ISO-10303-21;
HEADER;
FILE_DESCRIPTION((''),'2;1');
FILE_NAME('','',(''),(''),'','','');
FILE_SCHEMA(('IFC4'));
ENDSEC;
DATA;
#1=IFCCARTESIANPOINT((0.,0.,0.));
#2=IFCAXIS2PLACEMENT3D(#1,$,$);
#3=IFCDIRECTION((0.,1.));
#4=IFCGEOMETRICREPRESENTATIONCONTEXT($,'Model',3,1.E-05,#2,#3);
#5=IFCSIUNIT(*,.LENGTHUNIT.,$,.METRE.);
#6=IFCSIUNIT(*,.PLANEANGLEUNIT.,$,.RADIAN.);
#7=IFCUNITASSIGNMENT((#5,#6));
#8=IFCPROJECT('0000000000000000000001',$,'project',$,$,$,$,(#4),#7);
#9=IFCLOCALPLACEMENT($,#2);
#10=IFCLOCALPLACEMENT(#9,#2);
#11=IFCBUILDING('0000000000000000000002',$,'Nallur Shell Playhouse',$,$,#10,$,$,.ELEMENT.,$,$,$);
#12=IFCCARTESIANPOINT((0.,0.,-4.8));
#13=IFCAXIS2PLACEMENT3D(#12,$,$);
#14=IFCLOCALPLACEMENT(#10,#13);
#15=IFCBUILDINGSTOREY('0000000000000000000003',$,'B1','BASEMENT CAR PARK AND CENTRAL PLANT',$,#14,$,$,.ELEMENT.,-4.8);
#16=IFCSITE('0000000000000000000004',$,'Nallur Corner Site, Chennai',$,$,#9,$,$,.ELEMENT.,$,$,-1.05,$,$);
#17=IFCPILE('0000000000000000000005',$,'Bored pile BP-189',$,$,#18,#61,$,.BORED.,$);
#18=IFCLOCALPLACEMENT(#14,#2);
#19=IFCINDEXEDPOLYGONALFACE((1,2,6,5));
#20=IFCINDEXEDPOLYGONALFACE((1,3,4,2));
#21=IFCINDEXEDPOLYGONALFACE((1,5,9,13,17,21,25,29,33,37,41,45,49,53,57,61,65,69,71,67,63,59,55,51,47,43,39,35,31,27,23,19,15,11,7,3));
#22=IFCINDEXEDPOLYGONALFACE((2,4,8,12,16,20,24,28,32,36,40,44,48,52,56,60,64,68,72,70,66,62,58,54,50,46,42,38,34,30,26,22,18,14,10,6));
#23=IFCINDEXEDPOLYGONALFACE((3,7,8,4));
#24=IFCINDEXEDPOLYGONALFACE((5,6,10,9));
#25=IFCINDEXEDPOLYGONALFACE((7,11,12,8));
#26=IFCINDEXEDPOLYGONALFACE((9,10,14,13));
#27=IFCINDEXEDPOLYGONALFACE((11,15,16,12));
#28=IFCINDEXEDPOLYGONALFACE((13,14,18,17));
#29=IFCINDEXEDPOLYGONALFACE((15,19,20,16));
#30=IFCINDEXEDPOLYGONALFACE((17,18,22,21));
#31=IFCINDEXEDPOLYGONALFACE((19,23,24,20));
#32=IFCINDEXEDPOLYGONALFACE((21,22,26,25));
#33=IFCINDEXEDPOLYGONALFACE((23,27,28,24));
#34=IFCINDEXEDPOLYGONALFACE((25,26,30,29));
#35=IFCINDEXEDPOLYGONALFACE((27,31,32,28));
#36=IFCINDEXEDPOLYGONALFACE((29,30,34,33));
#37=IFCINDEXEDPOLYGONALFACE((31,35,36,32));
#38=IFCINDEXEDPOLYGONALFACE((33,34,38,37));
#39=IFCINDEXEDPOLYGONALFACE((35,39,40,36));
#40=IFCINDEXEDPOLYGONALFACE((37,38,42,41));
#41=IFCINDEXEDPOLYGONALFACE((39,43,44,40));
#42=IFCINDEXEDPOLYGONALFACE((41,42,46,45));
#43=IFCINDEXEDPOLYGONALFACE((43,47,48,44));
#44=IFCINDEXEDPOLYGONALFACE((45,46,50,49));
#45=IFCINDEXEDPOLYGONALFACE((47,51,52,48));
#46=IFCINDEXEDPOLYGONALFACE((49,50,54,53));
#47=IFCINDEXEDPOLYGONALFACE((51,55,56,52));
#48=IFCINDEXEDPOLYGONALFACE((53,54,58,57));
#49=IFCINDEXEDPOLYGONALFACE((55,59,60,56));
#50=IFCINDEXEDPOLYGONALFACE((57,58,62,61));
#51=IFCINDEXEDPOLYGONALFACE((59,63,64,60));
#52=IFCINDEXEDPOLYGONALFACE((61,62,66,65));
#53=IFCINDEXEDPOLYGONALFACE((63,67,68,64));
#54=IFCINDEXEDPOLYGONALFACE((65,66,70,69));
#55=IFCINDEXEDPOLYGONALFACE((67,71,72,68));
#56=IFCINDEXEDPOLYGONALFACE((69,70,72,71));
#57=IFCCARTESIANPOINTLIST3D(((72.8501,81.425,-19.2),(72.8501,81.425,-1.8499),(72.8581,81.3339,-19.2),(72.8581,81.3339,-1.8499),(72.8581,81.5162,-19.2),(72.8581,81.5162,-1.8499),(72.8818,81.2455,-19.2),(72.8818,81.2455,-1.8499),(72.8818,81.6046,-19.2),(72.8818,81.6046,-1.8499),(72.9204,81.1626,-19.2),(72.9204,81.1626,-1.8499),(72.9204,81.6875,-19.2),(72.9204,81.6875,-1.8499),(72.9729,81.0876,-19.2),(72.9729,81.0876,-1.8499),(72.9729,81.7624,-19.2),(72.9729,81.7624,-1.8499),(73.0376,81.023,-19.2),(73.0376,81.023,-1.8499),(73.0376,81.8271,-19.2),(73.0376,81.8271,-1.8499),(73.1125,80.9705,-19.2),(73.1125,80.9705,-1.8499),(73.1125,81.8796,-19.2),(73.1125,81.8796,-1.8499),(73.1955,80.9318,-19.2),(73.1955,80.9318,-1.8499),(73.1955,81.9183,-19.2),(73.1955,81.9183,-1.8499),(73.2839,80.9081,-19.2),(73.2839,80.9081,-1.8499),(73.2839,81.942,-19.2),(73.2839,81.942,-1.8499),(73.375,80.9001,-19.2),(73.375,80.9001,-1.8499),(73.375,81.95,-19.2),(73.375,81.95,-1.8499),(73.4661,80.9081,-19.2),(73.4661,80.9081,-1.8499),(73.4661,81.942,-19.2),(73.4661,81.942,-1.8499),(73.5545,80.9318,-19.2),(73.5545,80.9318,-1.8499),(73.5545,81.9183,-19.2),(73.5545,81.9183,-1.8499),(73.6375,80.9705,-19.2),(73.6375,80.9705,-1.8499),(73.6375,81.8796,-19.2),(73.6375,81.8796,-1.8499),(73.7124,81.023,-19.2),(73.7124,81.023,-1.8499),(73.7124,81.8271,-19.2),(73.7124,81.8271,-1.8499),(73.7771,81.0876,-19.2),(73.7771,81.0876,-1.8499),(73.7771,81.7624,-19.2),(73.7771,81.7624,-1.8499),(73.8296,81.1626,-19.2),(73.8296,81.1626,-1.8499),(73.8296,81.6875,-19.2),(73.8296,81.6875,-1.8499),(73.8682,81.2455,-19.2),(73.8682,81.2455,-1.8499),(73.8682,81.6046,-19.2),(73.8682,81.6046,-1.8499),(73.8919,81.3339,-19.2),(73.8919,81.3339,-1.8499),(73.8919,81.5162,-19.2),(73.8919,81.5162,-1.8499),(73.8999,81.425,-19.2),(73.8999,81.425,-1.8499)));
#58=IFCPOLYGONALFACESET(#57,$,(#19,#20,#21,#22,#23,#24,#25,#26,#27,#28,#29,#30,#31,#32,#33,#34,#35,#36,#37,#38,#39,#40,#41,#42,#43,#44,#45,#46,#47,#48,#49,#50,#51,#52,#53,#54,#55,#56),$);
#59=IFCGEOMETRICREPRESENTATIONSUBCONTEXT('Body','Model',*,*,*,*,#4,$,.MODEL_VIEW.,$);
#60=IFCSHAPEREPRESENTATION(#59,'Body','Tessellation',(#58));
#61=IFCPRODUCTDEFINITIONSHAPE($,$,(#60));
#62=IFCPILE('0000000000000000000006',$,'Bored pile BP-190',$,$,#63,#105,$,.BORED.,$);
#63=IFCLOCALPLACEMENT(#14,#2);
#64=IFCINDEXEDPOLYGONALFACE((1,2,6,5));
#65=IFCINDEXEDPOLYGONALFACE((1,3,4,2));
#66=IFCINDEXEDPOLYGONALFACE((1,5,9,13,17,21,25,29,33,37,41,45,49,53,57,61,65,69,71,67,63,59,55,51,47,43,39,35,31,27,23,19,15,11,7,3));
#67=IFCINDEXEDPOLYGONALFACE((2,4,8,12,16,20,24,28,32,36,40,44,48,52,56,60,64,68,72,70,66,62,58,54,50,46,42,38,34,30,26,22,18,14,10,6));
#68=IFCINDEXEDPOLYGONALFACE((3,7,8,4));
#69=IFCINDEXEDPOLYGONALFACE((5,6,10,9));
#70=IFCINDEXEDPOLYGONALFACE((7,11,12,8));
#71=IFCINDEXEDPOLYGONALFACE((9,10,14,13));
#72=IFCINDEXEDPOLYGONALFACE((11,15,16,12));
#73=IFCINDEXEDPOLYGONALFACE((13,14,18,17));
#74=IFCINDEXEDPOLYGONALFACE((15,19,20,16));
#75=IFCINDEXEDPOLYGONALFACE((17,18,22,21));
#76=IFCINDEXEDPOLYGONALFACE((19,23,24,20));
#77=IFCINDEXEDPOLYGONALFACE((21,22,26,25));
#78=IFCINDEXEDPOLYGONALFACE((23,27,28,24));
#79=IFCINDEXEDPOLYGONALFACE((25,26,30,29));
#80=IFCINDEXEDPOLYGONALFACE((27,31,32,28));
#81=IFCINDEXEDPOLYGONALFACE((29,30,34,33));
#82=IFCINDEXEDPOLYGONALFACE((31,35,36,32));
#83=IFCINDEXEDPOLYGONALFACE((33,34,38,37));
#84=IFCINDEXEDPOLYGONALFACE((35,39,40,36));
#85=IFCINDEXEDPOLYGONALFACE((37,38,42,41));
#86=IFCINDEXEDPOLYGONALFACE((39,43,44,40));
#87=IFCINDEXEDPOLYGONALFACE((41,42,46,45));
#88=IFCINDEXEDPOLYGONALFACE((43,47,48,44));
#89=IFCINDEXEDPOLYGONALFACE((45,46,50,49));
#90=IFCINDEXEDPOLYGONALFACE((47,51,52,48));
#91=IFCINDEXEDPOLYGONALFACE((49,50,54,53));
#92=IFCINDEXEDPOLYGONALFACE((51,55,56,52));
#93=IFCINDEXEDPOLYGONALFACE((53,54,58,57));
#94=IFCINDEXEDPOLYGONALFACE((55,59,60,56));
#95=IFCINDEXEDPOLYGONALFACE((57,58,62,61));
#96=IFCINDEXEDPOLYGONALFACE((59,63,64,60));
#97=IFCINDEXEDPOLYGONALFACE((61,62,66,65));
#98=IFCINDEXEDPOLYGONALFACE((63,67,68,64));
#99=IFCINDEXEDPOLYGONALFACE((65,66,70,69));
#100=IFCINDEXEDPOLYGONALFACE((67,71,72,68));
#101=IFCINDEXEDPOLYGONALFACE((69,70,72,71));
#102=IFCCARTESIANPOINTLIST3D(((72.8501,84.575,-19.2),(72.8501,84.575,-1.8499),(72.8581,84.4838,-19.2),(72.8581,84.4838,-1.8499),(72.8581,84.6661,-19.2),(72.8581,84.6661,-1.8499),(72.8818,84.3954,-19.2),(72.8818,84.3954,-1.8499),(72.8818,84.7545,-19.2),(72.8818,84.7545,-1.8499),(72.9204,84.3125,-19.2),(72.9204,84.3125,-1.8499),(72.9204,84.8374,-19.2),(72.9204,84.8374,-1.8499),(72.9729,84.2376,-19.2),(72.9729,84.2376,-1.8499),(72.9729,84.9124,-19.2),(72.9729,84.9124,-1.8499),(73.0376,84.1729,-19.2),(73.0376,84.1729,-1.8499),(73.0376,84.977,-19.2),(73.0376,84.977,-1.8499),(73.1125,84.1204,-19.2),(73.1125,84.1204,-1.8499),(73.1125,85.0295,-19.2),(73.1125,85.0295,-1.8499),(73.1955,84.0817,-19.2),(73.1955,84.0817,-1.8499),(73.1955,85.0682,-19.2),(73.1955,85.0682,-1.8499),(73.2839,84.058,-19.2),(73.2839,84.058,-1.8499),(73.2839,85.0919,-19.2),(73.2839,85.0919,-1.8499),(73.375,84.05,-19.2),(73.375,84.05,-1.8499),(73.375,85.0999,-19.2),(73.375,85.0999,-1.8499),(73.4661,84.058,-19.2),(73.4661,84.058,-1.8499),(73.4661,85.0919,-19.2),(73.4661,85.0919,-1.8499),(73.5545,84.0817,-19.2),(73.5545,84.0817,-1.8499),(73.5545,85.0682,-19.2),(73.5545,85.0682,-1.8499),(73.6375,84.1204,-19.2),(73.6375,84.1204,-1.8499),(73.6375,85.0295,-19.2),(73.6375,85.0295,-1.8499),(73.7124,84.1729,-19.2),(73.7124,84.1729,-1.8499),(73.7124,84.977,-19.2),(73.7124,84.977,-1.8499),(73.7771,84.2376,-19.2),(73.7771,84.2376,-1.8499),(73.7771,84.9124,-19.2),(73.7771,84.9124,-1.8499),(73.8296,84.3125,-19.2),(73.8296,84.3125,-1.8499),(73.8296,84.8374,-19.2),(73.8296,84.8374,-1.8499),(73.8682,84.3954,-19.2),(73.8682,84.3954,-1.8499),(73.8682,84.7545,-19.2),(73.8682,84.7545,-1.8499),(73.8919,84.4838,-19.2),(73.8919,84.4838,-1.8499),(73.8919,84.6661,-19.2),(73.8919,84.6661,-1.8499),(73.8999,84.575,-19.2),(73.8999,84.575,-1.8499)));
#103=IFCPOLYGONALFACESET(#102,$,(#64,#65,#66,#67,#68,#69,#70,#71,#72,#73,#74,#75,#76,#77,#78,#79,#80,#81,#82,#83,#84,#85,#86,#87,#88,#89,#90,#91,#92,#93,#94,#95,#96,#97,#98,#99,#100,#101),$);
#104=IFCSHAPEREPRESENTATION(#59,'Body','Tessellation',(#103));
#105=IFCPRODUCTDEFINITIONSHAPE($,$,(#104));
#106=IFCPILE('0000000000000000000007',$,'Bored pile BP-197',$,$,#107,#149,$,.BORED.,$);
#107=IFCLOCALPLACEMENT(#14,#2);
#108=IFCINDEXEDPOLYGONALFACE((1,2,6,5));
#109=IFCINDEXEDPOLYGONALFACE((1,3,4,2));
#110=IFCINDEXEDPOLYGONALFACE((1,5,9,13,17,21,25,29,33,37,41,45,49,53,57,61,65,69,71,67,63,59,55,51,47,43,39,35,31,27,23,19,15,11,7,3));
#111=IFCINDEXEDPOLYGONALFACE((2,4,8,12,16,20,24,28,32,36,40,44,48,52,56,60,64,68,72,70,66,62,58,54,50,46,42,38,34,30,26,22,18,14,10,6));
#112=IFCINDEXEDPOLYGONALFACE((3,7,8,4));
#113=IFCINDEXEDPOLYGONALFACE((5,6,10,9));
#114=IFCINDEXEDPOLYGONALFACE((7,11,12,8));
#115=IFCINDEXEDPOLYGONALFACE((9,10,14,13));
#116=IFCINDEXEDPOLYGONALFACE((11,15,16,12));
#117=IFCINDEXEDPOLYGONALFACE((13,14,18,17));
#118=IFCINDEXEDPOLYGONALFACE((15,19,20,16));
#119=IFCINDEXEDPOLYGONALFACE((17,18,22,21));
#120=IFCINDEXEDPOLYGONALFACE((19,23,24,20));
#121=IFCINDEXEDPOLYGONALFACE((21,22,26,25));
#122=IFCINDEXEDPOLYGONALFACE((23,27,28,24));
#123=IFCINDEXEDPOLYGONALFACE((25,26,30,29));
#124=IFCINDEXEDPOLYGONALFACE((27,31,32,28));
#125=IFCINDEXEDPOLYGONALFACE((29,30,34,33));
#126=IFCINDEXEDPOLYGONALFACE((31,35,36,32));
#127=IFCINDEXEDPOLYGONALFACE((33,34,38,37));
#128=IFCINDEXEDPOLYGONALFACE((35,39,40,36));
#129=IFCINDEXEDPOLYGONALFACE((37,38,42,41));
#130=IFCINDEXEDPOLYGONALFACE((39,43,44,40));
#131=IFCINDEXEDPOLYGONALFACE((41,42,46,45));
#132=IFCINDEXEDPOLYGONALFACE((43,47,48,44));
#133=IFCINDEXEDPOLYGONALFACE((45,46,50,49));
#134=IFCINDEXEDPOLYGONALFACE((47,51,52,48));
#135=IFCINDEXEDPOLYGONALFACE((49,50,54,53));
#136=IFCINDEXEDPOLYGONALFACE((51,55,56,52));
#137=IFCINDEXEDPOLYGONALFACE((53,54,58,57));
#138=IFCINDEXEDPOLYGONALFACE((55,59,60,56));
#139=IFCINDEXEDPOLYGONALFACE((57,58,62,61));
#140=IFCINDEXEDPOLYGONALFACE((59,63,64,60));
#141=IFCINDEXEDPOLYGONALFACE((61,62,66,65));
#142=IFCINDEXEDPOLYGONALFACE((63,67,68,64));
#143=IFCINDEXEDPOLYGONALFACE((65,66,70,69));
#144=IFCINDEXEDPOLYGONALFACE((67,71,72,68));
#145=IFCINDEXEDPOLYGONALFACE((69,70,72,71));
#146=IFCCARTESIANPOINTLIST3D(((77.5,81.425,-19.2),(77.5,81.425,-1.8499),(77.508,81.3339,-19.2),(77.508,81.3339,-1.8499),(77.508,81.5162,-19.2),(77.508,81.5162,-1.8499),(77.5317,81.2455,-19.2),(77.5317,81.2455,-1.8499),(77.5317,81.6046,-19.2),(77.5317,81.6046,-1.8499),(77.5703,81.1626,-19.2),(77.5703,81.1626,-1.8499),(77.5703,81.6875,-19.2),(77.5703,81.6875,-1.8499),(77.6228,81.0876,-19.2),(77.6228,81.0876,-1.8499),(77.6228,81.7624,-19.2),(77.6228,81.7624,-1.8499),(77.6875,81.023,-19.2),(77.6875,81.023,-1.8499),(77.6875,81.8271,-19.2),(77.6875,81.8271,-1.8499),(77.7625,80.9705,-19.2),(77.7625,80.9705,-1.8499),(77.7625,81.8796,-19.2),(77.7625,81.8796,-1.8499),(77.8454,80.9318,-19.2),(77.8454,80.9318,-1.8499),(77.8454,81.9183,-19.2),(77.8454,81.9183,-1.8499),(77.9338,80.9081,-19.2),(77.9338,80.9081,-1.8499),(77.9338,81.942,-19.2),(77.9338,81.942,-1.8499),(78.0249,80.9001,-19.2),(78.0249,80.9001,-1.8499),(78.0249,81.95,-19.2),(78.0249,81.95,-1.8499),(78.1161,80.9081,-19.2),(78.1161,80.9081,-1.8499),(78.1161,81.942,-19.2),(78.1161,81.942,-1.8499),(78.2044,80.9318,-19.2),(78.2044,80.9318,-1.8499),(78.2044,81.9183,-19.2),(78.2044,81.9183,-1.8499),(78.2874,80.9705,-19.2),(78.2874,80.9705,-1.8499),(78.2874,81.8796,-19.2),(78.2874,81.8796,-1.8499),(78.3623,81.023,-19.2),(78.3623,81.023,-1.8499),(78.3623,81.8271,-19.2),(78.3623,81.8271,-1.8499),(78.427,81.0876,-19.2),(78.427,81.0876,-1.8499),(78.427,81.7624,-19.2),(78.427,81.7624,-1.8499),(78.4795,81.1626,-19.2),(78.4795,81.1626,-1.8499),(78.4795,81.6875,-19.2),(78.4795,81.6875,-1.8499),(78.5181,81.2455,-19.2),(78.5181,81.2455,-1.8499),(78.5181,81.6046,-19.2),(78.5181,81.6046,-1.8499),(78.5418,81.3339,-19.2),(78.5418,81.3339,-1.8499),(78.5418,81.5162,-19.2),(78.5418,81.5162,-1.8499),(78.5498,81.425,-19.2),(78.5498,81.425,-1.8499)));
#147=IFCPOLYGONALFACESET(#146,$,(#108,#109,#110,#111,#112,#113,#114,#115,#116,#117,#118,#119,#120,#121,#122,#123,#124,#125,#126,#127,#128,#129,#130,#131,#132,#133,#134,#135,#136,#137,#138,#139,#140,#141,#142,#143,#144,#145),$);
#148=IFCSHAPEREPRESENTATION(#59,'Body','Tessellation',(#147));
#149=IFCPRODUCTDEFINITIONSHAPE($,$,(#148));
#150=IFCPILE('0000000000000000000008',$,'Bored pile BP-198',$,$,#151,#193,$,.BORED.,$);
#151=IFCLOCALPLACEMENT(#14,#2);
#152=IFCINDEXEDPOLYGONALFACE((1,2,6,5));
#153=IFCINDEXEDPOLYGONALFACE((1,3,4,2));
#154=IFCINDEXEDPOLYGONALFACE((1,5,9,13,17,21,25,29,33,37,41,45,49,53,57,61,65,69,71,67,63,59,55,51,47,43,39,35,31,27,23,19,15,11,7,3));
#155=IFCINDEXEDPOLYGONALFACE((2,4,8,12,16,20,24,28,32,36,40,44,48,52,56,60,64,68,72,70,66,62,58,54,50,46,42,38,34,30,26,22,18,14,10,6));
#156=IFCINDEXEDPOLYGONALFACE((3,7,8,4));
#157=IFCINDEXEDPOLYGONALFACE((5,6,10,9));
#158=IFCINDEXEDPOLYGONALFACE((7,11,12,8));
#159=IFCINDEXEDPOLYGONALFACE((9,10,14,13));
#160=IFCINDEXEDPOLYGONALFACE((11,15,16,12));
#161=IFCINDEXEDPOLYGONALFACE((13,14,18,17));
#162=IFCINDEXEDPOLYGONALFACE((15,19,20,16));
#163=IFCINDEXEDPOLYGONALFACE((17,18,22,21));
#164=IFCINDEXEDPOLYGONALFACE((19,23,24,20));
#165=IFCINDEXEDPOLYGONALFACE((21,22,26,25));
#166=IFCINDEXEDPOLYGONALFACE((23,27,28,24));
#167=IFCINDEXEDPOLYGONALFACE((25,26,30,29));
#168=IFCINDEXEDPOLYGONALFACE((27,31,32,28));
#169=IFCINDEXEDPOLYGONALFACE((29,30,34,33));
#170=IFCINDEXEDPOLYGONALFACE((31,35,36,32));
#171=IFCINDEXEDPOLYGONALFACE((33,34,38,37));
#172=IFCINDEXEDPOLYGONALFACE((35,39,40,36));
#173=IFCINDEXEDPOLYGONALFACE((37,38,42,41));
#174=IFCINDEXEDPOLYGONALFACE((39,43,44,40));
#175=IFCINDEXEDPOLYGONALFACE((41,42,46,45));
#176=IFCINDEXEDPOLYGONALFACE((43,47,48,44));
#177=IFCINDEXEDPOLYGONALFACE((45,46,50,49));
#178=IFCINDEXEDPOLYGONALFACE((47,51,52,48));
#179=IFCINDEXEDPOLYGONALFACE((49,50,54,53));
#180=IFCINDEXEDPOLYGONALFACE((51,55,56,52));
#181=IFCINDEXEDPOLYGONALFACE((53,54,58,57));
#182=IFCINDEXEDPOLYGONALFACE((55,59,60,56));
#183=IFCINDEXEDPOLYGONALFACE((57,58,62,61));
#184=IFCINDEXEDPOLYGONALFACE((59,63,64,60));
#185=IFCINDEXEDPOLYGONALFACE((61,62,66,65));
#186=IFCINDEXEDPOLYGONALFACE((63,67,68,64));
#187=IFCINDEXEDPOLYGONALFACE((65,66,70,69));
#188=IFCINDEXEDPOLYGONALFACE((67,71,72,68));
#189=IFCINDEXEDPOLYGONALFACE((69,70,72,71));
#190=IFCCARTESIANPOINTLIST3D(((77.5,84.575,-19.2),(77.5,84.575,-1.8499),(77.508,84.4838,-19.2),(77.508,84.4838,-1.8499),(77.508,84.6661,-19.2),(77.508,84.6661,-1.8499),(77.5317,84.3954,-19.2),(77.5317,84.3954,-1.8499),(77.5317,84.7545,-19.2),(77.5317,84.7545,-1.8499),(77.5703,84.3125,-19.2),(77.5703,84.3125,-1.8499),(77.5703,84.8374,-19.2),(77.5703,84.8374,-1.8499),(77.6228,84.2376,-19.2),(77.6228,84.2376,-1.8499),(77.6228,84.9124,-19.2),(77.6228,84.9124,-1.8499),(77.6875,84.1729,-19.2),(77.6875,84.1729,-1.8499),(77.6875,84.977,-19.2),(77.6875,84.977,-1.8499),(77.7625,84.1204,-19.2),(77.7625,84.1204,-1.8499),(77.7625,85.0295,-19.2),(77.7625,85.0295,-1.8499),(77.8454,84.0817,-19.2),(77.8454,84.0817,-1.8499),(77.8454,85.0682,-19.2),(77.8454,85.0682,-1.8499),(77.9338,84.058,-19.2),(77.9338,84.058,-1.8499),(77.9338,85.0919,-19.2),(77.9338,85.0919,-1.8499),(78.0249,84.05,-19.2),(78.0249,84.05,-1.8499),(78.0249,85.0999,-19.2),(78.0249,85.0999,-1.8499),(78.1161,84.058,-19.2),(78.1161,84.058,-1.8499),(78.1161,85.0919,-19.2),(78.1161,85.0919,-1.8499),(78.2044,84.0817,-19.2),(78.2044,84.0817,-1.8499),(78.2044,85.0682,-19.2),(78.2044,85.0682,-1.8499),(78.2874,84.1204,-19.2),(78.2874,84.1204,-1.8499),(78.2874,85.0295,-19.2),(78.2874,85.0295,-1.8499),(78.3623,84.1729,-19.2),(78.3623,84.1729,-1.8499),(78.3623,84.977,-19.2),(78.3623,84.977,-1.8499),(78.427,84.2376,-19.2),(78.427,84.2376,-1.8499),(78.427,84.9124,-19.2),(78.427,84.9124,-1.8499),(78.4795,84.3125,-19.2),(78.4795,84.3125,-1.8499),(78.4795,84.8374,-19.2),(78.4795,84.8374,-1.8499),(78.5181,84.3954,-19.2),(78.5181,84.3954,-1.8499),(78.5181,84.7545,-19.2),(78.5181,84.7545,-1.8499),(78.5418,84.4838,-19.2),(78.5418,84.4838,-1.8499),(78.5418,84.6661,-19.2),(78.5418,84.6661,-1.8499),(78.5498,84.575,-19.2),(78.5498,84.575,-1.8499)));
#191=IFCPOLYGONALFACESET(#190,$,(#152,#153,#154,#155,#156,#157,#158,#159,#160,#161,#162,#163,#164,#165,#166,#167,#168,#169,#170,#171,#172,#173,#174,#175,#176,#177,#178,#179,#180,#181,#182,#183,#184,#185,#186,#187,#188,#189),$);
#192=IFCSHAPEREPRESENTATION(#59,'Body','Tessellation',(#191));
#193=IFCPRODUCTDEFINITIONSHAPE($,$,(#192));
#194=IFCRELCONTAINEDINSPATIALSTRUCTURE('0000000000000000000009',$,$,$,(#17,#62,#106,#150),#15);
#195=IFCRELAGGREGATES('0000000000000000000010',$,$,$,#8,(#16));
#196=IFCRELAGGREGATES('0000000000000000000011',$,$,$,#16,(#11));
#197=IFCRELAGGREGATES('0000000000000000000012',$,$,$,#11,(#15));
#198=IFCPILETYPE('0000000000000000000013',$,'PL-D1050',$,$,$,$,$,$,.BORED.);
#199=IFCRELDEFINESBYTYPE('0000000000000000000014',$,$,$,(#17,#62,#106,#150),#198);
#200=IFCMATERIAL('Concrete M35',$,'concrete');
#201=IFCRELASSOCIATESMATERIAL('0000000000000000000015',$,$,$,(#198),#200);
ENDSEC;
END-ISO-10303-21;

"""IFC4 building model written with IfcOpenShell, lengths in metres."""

from ifc_helpers import new_model, si_unit, direction, frame, origin, origin_2d, place, context, subcontext, project, spatial, circle, extrude, material, material_profile, profile_set, type_object, element, save


model = new_model("IFC4")

# Units and contexts
model_context = context("Model", 3, precision=1e-05, world=origin(), true_north=direction((0.0, 1.0)))
body_context = subcontext(model_context, "Body", "Model", "MODEL_VIEW")
ifc_project = project(units=[si_unit("LENGTHUNIT", "METRE"), si_unit("PLANEANGLEUNIT", "RADIAN")], contexts=[model_context])

# Site, building, storey
site_placement = place(None, origin())
site = spatial("IfcSite", under=ifc_project, at=site_placement, Name="Nallur Corner Site, Chennai", CompositionType="ELEMENT", RefElevation=-1.05)
building_placement = place(site_placement, origin())
building = spatial("IfcBuilding", under=site, at=building_placement, Name="Nallur Shell Playhouse", CompositionType="ELEMENT")
storey_placement = place(building_placement, frame((0.0, 0.0, -4.8)))
storey = spatial("IfcBuildingStorey", under=building, at=storey_placement, Name="B1", Description="BASEMENT CAR PARK AND CENTRAL PLANT", CompositionType="ELEMENT", Elevation=-4.8)

# Shared definitions
ifc_material_1 = material(Name="Concrete M35", Category="concrete")

# Piles
ifc_material_profile_1 = material_profile(ifc_material_1, circle(Radius=0.5249, at=origin_2d()), Name="BORED PILE D1050")
ifc_profile_set_1 = profile_set([ifc_material_profile_1], Name="Concrete M35")
pile_type = type_object("IfcPileType", Name="PL-D1050", PredefinedType="BORED", material=ifc_profile_set_1)
for number, where, z_axis, x_axis, name in (
    (1, (73.375, 81.425, -1.8499), (0.0, 0.0, -1.0), (1.0, 0.0, 0.0), "Bored pile BP-189"),
    (2, (73.375, 84.575, -1.8499), (0.0, 0.0, -1.0), (1.0, 0.0, 0.0), "Bored pile BP-190"),
    (3, (78.0249, 81.425, -1.8499), (0.0, 0.0, -1.0), (1.0, 0.0, 0.0), "Bored pile BP-197"),
    (4, (78.0249, 84.575, -1.8499), (0.0, 0.0, -1.0), (1.0, 0.0, 0.0), "Bored pile BP-198"),
):
    element("IfcPile", number, at=place(storey_placement, frame(where, z_axis=z_axis, x_axis=x_axis)), inside=storey, type_object=pile_type, Name=name, PredefinedType="BORED", context=body_context, shape_type="SweptSolid", body=[
        extrude(circle(Radius=0.5249, at=origin_2d()), origin(), (0.0, 0.0, 1.0), 17.3501),
    ])

save(model, "model.ifc")
